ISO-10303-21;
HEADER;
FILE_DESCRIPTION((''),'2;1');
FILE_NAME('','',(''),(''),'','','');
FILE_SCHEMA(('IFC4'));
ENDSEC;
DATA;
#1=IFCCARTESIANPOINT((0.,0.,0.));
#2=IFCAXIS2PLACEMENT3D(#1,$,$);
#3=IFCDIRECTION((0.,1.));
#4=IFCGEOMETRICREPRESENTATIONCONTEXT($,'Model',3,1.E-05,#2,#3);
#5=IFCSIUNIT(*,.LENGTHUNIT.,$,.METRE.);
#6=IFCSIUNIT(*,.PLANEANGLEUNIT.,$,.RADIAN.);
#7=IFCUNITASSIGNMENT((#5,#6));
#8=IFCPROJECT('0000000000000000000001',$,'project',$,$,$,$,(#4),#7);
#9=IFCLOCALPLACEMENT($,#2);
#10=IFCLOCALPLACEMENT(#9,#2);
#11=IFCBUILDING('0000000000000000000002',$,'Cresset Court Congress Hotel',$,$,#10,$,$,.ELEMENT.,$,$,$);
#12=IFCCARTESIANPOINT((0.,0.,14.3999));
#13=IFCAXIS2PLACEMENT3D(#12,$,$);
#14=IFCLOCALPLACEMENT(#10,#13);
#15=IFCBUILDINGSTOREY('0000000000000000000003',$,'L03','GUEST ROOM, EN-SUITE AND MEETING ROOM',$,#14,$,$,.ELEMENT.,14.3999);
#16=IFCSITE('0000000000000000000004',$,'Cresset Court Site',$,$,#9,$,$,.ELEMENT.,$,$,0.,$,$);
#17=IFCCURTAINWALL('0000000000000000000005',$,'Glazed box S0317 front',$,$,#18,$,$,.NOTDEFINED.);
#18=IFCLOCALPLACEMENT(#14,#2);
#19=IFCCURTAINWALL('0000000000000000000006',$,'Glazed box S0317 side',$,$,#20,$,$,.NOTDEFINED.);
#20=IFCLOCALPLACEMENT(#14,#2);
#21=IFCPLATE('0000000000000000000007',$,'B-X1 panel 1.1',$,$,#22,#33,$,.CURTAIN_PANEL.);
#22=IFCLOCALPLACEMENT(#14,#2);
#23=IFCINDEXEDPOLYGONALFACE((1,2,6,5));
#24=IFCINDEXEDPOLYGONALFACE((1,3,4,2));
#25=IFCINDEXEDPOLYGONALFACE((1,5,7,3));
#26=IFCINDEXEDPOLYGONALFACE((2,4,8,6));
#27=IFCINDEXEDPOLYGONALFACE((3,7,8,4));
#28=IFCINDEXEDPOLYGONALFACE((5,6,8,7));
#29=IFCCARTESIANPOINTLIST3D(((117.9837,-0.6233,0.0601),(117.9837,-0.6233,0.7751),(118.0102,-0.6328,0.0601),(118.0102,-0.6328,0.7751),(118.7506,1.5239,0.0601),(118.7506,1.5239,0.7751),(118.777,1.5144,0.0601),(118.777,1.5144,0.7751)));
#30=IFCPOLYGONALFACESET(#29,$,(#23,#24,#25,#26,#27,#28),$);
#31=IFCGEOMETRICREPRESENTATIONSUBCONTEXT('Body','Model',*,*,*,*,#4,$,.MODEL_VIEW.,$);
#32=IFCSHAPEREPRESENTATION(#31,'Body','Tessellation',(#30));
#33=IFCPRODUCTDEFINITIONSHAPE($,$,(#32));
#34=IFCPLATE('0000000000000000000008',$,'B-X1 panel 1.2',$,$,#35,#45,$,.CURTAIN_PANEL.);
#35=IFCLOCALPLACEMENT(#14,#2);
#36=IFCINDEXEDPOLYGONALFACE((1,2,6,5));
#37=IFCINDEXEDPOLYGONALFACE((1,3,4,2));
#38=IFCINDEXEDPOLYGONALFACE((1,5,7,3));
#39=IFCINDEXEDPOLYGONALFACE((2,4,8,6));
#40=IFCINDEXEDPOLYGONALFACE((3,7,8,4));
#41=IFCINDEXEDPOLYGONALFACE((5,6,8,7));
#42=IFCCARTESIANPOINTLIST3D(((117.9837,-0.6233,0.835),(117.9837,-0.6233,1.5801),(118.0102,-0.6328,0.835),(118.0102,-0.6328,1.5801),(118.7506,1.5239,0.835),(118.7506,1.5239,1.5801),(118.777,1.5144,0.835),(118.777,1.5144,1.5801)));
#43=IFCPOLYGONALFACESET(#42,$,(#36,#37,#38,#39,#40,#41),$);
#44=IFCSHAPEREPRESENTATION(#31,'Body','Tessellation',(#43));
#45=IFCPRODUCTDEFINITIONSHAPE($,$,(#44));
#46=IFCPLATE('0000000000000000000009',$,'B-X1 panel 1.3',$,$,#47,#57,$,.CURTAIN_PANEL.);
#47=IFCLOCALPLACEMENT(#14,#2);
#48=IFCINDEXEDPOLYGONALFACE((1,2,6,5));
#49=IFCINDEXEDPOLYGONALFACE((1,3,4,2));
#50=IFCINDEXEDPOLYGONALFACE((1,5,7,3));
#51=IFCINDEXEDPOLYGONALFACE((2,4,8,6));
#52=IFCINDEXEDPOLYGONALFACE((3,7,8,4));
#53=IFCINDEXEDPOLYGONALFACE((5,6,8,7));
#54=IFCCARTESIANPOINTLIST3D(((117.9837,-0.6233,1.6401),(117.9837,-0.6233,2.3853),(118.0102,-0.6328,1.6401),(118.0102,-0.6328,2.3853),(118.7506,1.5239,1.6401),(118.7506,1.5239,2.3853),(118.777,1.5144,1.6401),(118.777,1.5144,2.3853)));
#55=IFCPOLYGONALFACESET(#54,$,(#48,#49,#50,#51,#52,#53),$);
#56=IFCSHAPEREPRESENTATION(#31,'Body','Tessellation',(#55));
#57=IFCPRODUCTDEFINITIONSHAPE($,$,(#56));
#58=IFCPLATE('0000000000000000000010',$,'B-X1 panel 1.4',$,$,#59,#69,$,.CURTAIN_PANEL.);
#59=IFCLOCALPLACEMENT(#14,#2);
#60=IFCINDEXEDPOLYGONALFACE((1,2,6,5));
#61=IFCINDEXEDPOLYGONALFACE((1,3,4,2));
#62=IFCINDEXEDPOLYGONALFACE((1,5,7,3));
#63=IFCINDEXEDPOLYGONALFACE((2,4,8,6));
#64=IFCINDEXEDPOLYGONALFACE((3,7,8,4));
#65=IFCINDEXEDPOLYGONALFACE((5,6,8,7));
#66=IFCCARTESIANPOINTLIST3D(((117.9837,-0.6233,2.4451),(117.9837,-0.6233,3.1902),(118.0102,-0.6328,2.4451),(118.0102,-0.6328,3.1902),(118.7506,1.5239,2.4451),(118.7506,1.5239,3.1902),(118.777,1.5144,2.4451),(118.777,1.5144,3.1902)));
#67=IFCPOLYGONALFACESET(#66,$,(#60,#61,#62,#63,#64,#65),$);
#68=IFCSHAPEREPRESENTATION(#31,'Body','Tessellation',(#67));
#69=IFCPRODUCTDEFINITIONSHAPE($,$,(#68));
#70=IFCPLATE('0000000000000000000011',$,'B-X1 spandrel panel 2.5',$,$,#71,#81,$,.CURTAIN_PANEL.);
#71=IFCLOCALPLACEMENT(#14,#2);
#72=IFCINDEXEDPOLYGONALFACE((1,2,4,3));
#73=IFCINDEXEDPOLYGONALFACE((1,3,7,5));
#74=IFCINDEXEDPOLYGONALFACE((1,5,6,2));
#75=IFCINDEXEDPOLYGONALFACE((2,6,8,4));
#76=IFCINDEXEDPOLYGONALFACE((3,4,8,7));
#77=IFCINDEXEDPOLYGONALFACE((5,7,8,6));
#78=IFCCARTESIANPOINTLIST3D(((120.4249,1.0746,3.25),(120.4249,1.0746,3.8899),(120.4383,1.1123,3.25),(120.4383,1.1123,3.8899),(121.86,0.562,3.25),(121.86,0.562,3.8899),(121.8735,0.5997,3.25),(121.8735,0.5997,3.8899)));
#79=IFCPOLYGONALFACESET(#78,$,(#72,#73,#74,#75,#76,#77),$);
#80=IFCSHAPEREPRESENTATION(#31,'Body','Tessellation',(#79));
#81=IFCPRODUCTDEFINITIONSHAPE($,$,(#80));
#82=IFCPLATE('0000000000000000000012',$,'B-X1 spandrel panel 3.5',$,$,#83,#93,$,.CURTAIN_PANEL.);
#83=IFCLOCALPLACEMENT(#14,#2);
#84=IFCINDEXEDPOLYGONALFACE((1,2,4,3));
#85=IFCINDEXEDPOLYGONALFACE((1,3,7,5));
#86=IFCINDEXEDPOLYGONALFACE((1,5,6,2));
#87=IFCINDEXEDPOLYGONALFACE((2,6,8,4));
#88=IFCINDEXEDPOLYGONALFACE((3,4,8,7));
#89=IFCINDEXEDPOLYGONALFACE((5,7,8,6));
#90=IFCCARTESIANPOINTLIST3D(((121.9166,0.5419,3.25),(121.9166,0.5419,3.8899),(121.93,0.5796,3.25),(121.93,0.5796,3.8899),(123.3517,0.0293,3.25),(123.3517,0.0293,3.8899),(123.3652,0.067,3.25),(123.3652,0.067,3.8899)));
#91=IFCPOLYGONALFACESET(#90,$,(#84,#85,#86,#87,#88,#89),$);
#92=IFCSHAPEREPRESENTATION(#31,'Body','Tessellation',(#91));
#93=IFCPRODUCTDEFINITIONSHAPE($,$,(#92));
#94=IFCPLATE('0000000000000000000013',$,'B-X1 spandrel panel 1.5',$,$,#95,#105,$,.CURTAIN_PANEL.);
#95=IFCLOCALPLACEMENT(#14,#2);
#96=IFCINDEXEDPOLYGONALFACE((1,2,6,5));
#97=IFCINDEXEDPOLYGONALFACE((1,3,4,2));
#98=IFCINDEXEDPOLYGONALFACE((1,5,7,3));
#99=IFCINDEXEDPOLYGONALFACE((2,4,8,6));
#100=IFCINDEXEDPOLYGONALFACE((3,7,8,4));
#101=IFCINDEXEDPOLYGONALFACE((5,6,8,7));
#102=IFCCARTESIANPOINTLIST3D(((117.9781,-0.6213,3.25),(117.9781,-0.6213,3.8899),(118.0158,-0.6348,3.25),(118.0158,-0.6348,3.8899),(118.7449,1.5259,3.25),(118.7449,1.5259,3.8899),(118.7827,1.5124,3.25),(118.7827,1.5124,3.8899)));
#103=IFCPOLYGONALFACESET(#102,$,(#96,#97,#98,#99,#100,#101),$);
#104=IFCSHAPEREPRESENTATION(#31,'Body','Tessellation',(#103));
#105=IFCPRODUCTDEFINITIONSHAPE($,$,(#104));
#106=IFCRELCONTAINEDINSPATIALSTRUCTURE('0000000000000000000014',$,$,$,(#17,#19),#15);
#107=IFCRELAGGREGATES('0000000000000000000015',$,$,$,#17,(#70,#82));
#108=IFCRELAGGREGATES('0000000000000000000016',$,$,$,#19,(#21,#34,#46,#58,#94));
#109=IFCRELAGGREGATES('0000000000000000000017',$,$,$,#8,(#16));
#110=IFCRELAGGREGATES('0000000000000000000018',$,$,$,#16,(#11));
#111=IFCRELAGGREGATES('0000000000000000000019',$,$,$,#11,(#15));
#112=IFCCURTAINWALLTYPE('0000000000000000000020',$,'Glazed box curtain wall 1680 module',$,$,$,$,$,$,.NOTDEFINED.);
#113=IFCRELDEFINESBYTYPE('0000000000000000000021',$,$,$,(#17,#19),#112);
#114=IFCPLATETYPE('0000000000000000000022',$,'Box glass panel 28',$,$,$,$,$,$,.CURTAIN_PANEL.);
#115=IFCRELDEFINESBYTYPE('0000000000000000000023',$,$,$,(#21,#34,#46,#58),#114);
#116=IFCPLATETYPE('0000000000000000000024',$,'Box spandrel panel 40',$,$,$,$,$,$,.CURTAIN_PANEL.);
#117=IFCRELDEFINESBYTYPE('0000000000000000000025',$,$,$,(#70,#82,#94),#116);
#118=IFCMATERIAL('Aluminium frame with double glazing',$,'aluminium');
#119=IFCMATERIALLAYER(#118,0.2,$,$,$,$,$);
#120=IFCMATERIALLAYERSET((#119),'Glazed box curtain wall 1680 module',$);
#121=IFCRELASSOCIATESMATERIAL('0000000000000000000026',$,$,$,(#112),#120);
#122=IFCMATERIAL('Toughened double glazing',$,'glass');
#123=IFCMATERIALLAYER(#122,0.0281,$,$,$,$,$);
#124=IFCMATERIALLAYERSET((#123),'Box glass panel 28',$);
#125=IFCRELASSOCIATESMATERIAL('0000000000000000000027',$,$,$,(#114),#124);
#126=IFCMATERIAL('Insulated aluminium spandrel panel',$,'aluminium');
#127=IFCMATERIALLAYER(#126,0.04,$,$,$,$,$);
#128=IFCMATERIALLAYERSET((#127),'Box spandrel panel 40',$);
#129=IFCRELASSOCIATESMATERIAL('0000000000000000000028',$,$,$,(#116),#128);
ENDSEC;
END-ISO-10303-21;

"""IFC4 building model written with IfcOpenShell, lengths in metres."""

from ifc_helpers import new_model, si_unit, direction, frame, origin, origin_2d, place, context, subcontext, project, spatial, rectangle, extrude, material, layer, layer_set, type_object, element, aggregate, save


model = new_model("IFC4")

# Units and contexts
model_context = context("Model", 3, precision=1e-05, world=origin(), true_north=direction((0.0, 1.0)))
body_context = subcontext(model_context, "Body", "Model", "MODEL_VIEW")
ifc_project = project(units=[si_unit("LENGTHUNIT", "METRE"), si_unit("PLANEANGLEUNIT", "RADIAN")], contexts=[model_context])

# Site, building, storey
site_placement = place(None, origin())
site = spatial("IfcSite", under=ifc_project, at=site_placement, Name="Cresset Court Site", CompositionType="ELEMENT", RefElevation=0.0)
building_placement = place(site_placement, origin())
building = spatial("IfcBuilding", under=site, at=building_placement, Name="Cresset Court Congress Hotel", CompositionType="ELEMENT")
storey_placement = place(building_placement, frame((0.0, 0.0, 14.3999)))
storey = spatial("IfcBuildingStorey", under=building, at=storey_placement, Name="L03", Description="GUEST ROOM, EN-SUITE AND MEETING ROOM", CompositionType="ELEMENT", Elevation=14.3999)

# Curtain wall
ifc_material_1 = material(Name="Aluminium frame with double glazing", Category="aluminium")
ifc_layer_1 = layer(ifc_material_1, 0.2)
ifc_layer_set_1 = layer_set([ifc_layer_1], Name="Glazed box curtain wall 1680 module")
curtain_wall_type = type_object("IfcCurtainWallType", Name="Glazed box curtain wall 1680 module", PredefinedType="NOTDEFINED", material=ifc_layer_set_1)
curtain_wall_1_placement = place(storey_placement, origin())
curtain_wall_1 = element("IfcCurtainWall", 1, at=curtain_wall_1_placement, inside=storey, type_object=curtain_wall_type, Name="Glazed box S0317 front", PredefinedType="NOTDEFINED")
ifc_material_2 = material(Name="Toughened double glazing", Category="glass")
ifc_layer_2 = layer(ifc_material_2, 0.0281)
ifc_layer_set_2 = layer_set([ifc_layer_2], Name="Box glass panel 28")
plate_type_1 = type_object("IfcPlateType", Name="Box glass panel 28", PredefinedType="CURTAIN_PANEL", material=ifc_layer_set_2)

# Curtain wall, plates
curtain_wall_2_placement = place(storey_placement, origin())
curtain_wall_2 = element("IfcCurtainWall", 2, at=curtain_wall_2_placement, inside=storey, type_object=curtain_wall_type, Name="Glazed box S0317 side", PredefinedType="NOTDEFINED")
plate_1_placement = place(storey_placement, frame((118.3804, 0.4456, 0.0601), z_axis=(0.0, 0.0, 1.0), x_axis=(0.336336, 0.941742, 0.0)))
plate_1 = element("IfcPlate", 3, at=plate_1_placement, type_object=plate_type_1, Name="B-X1 panel 1.1", PredefinedType="CURTAIN_PANEL", context=body_context, shape_type="SweptSolid", body=[
    extrude(rectangle(XDim=2.28, YDim=0.0281, at=origin_2d()), origin(), (0.0, 0.0, 1.0), 0.7151),
])
plate_2_placement = place(storey_placement, frame((118.3804, 0.4456, 0.835), z_axis=(0.0, 0.0, 1.0), x_axis=(0.336336, 0.941742, 0.0)))
plate_2 = element("IfcPlate", 4, at=plate_2_placement, type_object=plate_type_1, Name="B-X1 panel 1.2", PredefinedType="CURTAIN_PANEL", context=body_context, shape_type="SweptSolid", body=[
    extrude(rectangle(XDim=2.28, YDim=0.0281, at=origin_2d()), origin(), (0.0, 0.0, 1.0), 0.7451),
])
plate_3_placement = place(storey_placement, frame((118.3804, 0.4456, 1.6401), z_axis=(0.0, 0.0, 1.0), x_axis=(0.336336, 0.941742, 0.0)))
plate_3 = element("IfcPlate", 5, at=plate_3_placement, type_object=plate_type_1, Name="B-X1 panel 1.3", PredefinedType="CURTAIN_PANEL", context=body_context, shape_type="SweptSolid", body=[
    extrude(rectangle(XDim=2.28, YDim=0.0281, at=origin_2d()), origin(), (0.0, 0.0, 1.0), 0.7451),
])
plate_4_placement = place(storey_placement, frame((118.3804, 0.4456, 2.4451), z_axis=(0.0, 0.0, 1.0), x_axis=(0.336336, 0.941742, 0.0)))
plate_4 = element("IfcPlate", 6, at=plate_4_placement, type_object=plate_type_1, Name="B-X1 panel 1.4", PredefinedType="CURTAIN_PANEL", context=body_context, shape_type="SweptSolid", body=[
    extrude(rectangle(XDim=2.28, YDim=0.0281, at=origin_2d()), origin(), (0.0, 0.0, 1.0), 0.7451),
])

# Plates
ifc_material_3 = material(Name="Insulated aluminium spandrel panel", Category="aluminium")
ifc_layer_3 = layer(ifc_material_3, 0.04)
ifc_layer_set_3 = layer_set([ifc_layer_3], Name="Box spandrel panel 40")
plate_type_2 = type_object("IfcPlateType", Name="Box spandrel panel 40", PredefinedType="CURTAIN_PANEL", material=ifc_layer_set_3)
plate_5_placement = place(storey_placement, frame((121.1492, 0.8372, 3.25), z_axis=(0.0, 0.0, 1.0), x_axis=(0.941742, -0.336336, 0.0)))
plate_5 = element("IfcPlate", 7, at=plate_5_placement, type_object=plate_type_2, Name="B-X1 spandrel panel 2.5", PredefinedType="CURTAIN_PANEL", context=body_context, shape_type="SweptSolid", body=[
    extrude(rectangle(XDim=1.5239, YDim=0.04, at=origin_2d()), origin(), (0.0, 0.0, 1.0), 0.6399),
])
plate_6_placement = place(storey_placement, frame((122.6409, 0.3044, 3.25), z_axis=(0.0, 0.0, 1.0), x_axis=(0.941742, -0.336336, 0.0)))
plate_6 = element("IfcPlate", 8, at=plate_6_placement, type_object=plate_type_2, Name="B-X1 spandrel panel 3.5", PredefinedType="CURTAIN_PANEL", context=body_context, shape_type="SweptSolid", body=[
    extrude(rectangle(XDim=1.5239, YDim=0.04, at=origin_2d()), origin(), (0.0, 0.0, 1.0), 0.6399),
])
aggregate(curtain_wall_1, [plate_5, plate_6])
plate_7_placement = place(storey_placement, frame((118.3804, 0.4456, 3.25), z_axis=(0.0, 0.0, 1.0), x_axis=(0.336336, 0.941742, 0.0)))
plate_7 = element("IfcPlate", 9, at=plate_7_placement, type_object=plate_type_2, Name="B-X1 spandrel panel 1.5", PredefinedType="CURTAIN_PANEL", context=body_context, shape_type="SweptSolid", body=[
    extrude(rectangle(XDim=2.28, YDim=0.04, at=origin_2d()), origin(), (0.0, 0.0, 1.0), 0.6399),
])
aggregate(curtain_wall_2, [plate_1, plate_2, plate_3, plate_4, plate_7])

save(model, "model.ifc")
